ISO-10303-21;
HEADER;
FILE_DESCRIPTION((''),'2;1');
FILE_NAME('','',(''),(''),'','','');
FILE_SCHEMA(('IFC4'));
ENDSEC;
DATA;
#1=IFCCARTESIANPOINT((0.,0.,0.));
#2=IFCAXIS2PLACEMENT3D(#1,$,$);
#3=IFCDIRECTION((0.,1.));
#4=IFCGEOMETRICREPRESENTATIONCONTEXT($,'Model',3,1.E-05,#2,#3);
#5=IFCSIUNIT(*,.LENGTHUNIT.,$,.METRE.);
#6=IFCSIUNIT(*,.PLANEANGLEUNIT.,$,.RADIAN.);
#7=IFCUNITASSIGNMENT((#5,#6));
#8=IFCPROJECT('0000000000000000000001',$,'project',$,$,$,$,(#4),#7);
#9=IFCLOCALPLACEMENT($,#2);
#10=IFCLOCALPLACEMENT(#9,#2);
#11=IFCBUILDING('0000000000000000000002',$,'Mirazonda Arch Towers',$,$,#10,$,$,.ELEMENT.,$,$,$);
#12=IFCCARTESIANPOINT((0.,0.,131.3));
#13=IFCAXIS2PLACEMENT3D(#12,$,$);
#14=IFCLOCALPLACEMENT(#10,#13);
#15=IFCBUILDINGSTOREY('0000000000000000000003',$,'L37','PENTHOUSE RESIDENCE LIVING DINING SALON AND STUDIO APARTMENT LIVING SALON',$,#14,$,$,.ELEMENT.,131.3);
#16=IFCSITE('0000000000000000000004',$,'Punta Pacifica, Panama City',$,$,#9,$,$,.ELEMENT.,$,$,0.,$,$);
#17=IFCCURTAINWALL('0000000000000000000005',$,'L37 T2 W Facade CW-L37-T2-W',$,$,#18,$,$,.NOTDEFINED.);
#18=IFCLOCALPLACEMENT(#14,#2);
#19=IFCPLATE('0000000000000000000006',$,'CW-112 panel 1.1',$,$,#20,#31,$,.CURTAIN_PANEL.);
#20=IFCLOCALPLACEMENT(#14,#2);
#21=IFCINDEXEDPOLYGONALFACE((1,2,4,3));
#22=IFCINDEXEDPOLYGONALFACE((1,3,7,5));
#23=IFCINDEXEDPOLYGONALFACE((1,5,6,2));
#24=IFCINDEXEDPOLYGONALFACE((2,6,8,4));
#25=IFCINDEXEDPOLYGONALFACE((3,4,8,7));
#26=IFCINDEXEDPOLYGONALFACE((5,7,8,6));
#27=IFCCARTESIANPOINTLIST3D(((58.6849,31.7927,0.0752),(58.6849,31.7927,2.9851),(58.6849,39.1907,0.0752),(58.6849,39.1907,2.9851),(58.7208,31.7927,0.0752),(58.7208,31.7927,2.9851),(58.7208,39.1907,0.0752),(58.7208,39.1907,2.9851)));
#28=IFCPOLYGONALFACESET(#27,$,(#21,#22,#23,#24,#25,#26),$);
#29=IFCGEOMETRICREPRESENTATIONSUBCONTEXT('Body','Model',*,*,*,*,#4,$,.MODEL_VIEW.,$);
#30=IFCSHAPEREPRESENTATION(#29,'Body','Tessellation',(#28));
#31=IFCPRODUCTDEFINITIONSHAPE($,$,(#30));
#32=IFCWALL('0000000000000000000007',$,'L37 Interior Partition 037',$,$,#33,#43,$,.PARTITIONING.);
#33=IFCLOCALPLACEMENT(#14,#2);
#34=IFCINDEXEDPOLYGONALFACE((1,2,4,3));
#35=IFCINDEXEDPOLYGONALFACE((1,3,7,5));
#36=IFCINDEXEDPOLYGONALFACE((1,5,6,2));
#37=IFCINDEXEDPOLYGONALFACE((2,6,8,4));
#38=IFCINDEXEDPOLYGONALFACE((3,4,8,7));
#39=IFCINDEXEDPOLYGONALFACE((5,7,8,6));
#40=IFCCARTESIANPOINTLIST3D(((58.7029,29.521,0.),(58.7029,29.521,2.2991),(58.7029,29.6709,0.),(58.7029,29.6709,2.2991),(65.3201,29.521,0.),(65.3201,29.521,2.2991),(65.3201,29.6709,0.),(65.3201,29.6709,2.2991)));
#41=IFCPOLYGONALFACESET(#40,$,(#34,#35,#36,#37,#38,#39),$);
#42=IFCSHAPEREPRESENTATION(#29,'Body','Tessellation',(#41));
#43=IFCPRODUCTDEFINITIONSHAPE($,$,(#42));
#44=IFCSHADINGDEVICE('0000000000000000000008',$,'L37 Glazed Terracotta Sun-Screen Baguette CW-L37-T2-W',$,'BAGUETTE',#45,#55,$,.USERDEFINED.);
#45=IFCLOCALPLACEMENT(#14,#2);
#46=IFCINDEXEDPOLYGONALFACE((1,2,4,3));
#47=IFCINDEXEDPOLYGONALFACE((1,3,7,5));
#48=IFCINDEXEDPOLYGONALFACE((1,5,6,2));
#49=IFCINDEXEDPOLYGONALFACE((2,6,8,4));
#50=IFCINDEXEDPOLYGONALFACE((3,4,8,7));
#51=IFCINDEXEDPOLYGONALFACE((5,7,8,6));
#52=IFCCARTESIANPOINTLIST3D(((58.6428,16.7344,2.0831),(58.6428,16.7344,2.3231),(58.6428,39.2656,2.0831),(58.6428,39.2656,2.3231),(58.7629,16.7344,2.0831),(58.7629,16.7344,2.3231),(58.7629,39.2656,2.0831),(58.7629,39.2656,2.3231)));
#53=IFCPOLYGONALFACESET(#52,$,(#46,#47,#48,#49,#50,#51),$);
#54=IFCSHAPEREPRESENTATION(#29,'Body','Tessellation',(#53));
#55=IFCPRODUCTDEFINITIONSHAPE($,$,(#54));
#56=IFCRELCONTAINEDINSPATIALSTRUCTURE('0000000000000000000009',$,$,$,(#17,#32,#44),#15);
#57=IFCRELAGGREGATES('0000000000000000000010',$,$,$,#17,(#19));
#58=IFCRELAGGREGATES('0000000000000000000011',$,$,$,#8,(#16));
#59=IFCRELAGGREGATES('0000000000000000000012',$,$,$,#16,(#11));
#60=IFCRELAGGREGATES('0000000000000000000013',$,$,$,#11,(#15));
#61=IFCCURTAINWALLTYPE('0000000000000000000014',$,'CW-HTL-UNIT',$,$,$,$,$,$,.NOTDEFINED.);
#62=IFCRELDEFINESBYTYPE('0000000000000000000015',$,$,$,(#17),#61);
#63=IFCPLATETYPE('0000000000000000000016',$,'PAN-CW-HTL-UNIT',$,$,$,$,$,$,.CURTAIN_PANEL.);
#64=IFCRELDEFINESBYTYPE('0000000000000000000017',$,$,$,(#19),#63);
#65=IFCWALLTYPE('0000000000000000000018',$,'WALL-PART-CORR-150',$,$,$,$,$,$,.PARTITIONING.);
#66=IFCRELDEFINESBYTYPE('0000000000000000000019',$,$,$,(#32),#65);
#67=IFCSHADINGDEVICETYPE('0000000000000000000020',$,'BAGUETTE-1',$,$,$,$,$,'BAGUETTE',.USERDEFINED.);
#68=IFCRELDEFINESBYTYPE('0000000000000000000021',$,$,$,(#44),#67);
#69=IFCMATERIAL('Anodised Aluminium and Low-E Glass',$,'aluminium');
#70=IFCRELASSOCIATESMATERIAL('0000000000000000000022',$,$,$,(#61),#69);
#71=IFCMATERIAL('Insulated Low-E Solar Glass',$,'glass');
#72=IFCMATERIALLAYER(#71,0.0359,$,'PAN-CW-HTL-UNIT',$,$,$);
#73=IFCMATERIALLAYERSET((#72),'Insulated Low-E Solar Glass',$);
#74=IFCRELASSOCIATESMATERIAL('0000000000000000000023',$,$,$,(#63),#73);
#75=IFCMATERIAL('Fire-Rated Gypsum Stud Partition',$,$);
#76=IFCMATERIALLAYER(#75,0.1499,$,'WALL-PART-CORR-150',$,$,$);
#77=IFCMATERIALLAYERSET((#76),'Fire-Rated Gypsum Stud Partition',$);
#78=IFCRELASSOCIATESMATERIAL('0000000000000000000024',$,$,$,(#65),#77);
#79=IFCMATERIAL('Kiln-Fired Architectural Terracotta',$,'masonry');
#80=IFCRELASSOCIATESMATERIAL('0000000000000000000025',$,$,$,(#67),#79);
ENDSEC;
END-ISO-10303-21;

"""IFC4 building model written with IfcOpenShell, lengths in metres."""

from ifc_helpers import new_model, si_unit, direction, frame, frame_2d, origin, origin_2d, place, context, subcontext, project, spatial, rectangle, extrude, material, layer, layer_set, material_profile, profile_set, type_object, element, aggregate, save


model = new_model("IFC4")

# Units and contexts
model_context = context("Model", 3, precision=1e-05, world=origin(), true_north=direction((0.0, 1.0)))
body_context = subcontext(model_context, "Body", "Model", "MODEL_VIEW")
ifc_project = project(units=[si_unit("LENGTHUNIT", "METRE"), si_unit("PLANEANGLEUNIT", "RADIAN")], contexts=[model_context])

# Site, building, storey
site_placement = place(None, origin())
site = spatial("IfcSite", under=ifc_project, at=site_placement, Name="Punta Pacifica, Panama City", CompositionType="ELEMENT", RefElevation=0.0)
building_placement = place(site_placement, origin())
building = spatial("IfcBuilding", under=site, at=building_placement, Name="Mirazonda Arch Towers", CompositionType="ELEMENT")
storey_placement = place(building_placement, frame((0.0, 0.0, 131.3)))
storey = spatial("IfcBuildingStorey", under=building, at=storey_placement, Name="L37", Description="PENTHOUSE RESIDENCE LIVING DINING SALON AND STUDIO APARTMENT LIVING SALON", CompositionType="ELEMENT", Elevation=131.3)

# Curtain wall, plate
ifc_material_1 = material(Name="Anodised Aluminium and Low-E Glass", Category="aluminium")
curtain_wall_type = type_object("IfcCurtainWallType", Name="CW-HTL-UNIT", PredefinedType="NOTDEFINED", material=ifc_material_1)
curtain_wall_placement = place(storey_placement, origin())
curtain_wall = element("IfcCurtainWall", 1, at=curtain_wall_placement, inside=storey, type_object=curtain_wall_type, Name="L37 T2 W Facade CW-L37-T2-W", PredefinedType="NOTDEFINED")
ifc_material_2 = material(Name="Insulated Low-E Solar Glass", Category="glass")
ifc_layer_1 = layer(ifc_material_2, 0.0359, Name="PAN-CW-HTL-UNIT")
ifc_layer_set_1 = layer_set([ifc_layer_1], Name="Insulated Low-E Solar Glass")
plate_type = type_object("IfcPlateType", Name="PAN-CW-HTL-UNIT", PredefinedType="CURTAIN_PANEL", material=ifc_layer_set_1)
plate_placement = place(storey_placement, frame((58.7029, 35.4917, 0.0752), z_axis=(0.0, 0.0, 1.0), x_axis=(0.0, -1.0, 0.0)))
plate = element("IfcPlate", 2, at=plate_placement, type_object=plate_type, Name="CW-112 panel 1.1", PredefinedType="CURTAIN_PANEL", context=body_context, shape_type="SweptSolid", body=[
    extrude(rectangle(XDim=7.3979, YDim=0.0359, at=origin_2d()), origin(), (0.0, 0.0, 1.0), 2.9099),
])
aggregate(curtain_wall, [plate])

# Wall
ifc_material_3 = material(Name="Fire-Rated Gypsum Stud Partition")
ifc_layer_2 = layer(ifc_material_3, 0.1499, Name="WALL-PART-CORR-150")
ifc_layer_set_2 = layer_set([ifc_layer_2], Name="Fire-Rated Gypsum Stud Partition")
wall_type = type_object("IfcWallType", Name="WALL-PART-CORR-150", PredefinedType="PARTITIONING", material=ifc_layer_set_2)
wall_1_placement = place(storey_placement, frame((58.7029, 29.5959, 0.0), z_axis=(0.0, 0.0, 1.0), x_axis=(1.0, 0.0, 0.0)))
element("IfcWall", 3, at=wall_1_placement, inside=storey, type_object=wall_type, Name="L37 Interior Partition 037", PredefinedType="PARTITIONING", context=body_context, shape_type="SweptSolid", body=[
    extrude(rectangle(XDim=6.6172, YDim=0.1499, at=frame_2d((3.3086, 0.0))), origin(), (0.0, 0.0, 1.0), 2.2991),
])

# Shading device
ifc_material_4 = material(Name="Kiln-Fired Architectural Terracotta", Category="masonry")
ifc_material_profile_1 = material_profile(ifc_material_4, rectangle(XDim=0.1201, YDim=0.24, at=origin_2d()), Name="TERRA-BAG-120x240")
ifc_profile_set_1 = profile_set([ifc_material_profile_1], Name="Kiln-Fired Architectural Terracotta")
shading_device_type = type_object("IfcShadingDeviceType", Name="BAGUETTE-1", ElementType="BAGUETTE", PredefinedType="USERDEFINED", material=ifc_profile_set_1)
shading_device_placement = place(storey_placement, frame((58.7029, 39.2656, 2.2031), z_axis=(0.0, -1.0, 0.0), x_axis=(1.0, 0.0, 0.0)))
element("IfcShadingDevice", 4, at=shading_device_placement, inside=storey, type_object=shading_device_type, Name="L37 Glazed Terracotta Sun-Screen Baguette CW-L37-T2-W", ObjectType="BAGUETTE", PredefinedType="USERDEFINED", context=body_context, shape_type="SweptSolid", body=[
    extrude(rectangle(XDim=0.1201, YDim=0.24, at=origin_2d()), origin(), (0.0, 0.0, 1.0), 22.5312),
])

save(model, "model.ifc")
